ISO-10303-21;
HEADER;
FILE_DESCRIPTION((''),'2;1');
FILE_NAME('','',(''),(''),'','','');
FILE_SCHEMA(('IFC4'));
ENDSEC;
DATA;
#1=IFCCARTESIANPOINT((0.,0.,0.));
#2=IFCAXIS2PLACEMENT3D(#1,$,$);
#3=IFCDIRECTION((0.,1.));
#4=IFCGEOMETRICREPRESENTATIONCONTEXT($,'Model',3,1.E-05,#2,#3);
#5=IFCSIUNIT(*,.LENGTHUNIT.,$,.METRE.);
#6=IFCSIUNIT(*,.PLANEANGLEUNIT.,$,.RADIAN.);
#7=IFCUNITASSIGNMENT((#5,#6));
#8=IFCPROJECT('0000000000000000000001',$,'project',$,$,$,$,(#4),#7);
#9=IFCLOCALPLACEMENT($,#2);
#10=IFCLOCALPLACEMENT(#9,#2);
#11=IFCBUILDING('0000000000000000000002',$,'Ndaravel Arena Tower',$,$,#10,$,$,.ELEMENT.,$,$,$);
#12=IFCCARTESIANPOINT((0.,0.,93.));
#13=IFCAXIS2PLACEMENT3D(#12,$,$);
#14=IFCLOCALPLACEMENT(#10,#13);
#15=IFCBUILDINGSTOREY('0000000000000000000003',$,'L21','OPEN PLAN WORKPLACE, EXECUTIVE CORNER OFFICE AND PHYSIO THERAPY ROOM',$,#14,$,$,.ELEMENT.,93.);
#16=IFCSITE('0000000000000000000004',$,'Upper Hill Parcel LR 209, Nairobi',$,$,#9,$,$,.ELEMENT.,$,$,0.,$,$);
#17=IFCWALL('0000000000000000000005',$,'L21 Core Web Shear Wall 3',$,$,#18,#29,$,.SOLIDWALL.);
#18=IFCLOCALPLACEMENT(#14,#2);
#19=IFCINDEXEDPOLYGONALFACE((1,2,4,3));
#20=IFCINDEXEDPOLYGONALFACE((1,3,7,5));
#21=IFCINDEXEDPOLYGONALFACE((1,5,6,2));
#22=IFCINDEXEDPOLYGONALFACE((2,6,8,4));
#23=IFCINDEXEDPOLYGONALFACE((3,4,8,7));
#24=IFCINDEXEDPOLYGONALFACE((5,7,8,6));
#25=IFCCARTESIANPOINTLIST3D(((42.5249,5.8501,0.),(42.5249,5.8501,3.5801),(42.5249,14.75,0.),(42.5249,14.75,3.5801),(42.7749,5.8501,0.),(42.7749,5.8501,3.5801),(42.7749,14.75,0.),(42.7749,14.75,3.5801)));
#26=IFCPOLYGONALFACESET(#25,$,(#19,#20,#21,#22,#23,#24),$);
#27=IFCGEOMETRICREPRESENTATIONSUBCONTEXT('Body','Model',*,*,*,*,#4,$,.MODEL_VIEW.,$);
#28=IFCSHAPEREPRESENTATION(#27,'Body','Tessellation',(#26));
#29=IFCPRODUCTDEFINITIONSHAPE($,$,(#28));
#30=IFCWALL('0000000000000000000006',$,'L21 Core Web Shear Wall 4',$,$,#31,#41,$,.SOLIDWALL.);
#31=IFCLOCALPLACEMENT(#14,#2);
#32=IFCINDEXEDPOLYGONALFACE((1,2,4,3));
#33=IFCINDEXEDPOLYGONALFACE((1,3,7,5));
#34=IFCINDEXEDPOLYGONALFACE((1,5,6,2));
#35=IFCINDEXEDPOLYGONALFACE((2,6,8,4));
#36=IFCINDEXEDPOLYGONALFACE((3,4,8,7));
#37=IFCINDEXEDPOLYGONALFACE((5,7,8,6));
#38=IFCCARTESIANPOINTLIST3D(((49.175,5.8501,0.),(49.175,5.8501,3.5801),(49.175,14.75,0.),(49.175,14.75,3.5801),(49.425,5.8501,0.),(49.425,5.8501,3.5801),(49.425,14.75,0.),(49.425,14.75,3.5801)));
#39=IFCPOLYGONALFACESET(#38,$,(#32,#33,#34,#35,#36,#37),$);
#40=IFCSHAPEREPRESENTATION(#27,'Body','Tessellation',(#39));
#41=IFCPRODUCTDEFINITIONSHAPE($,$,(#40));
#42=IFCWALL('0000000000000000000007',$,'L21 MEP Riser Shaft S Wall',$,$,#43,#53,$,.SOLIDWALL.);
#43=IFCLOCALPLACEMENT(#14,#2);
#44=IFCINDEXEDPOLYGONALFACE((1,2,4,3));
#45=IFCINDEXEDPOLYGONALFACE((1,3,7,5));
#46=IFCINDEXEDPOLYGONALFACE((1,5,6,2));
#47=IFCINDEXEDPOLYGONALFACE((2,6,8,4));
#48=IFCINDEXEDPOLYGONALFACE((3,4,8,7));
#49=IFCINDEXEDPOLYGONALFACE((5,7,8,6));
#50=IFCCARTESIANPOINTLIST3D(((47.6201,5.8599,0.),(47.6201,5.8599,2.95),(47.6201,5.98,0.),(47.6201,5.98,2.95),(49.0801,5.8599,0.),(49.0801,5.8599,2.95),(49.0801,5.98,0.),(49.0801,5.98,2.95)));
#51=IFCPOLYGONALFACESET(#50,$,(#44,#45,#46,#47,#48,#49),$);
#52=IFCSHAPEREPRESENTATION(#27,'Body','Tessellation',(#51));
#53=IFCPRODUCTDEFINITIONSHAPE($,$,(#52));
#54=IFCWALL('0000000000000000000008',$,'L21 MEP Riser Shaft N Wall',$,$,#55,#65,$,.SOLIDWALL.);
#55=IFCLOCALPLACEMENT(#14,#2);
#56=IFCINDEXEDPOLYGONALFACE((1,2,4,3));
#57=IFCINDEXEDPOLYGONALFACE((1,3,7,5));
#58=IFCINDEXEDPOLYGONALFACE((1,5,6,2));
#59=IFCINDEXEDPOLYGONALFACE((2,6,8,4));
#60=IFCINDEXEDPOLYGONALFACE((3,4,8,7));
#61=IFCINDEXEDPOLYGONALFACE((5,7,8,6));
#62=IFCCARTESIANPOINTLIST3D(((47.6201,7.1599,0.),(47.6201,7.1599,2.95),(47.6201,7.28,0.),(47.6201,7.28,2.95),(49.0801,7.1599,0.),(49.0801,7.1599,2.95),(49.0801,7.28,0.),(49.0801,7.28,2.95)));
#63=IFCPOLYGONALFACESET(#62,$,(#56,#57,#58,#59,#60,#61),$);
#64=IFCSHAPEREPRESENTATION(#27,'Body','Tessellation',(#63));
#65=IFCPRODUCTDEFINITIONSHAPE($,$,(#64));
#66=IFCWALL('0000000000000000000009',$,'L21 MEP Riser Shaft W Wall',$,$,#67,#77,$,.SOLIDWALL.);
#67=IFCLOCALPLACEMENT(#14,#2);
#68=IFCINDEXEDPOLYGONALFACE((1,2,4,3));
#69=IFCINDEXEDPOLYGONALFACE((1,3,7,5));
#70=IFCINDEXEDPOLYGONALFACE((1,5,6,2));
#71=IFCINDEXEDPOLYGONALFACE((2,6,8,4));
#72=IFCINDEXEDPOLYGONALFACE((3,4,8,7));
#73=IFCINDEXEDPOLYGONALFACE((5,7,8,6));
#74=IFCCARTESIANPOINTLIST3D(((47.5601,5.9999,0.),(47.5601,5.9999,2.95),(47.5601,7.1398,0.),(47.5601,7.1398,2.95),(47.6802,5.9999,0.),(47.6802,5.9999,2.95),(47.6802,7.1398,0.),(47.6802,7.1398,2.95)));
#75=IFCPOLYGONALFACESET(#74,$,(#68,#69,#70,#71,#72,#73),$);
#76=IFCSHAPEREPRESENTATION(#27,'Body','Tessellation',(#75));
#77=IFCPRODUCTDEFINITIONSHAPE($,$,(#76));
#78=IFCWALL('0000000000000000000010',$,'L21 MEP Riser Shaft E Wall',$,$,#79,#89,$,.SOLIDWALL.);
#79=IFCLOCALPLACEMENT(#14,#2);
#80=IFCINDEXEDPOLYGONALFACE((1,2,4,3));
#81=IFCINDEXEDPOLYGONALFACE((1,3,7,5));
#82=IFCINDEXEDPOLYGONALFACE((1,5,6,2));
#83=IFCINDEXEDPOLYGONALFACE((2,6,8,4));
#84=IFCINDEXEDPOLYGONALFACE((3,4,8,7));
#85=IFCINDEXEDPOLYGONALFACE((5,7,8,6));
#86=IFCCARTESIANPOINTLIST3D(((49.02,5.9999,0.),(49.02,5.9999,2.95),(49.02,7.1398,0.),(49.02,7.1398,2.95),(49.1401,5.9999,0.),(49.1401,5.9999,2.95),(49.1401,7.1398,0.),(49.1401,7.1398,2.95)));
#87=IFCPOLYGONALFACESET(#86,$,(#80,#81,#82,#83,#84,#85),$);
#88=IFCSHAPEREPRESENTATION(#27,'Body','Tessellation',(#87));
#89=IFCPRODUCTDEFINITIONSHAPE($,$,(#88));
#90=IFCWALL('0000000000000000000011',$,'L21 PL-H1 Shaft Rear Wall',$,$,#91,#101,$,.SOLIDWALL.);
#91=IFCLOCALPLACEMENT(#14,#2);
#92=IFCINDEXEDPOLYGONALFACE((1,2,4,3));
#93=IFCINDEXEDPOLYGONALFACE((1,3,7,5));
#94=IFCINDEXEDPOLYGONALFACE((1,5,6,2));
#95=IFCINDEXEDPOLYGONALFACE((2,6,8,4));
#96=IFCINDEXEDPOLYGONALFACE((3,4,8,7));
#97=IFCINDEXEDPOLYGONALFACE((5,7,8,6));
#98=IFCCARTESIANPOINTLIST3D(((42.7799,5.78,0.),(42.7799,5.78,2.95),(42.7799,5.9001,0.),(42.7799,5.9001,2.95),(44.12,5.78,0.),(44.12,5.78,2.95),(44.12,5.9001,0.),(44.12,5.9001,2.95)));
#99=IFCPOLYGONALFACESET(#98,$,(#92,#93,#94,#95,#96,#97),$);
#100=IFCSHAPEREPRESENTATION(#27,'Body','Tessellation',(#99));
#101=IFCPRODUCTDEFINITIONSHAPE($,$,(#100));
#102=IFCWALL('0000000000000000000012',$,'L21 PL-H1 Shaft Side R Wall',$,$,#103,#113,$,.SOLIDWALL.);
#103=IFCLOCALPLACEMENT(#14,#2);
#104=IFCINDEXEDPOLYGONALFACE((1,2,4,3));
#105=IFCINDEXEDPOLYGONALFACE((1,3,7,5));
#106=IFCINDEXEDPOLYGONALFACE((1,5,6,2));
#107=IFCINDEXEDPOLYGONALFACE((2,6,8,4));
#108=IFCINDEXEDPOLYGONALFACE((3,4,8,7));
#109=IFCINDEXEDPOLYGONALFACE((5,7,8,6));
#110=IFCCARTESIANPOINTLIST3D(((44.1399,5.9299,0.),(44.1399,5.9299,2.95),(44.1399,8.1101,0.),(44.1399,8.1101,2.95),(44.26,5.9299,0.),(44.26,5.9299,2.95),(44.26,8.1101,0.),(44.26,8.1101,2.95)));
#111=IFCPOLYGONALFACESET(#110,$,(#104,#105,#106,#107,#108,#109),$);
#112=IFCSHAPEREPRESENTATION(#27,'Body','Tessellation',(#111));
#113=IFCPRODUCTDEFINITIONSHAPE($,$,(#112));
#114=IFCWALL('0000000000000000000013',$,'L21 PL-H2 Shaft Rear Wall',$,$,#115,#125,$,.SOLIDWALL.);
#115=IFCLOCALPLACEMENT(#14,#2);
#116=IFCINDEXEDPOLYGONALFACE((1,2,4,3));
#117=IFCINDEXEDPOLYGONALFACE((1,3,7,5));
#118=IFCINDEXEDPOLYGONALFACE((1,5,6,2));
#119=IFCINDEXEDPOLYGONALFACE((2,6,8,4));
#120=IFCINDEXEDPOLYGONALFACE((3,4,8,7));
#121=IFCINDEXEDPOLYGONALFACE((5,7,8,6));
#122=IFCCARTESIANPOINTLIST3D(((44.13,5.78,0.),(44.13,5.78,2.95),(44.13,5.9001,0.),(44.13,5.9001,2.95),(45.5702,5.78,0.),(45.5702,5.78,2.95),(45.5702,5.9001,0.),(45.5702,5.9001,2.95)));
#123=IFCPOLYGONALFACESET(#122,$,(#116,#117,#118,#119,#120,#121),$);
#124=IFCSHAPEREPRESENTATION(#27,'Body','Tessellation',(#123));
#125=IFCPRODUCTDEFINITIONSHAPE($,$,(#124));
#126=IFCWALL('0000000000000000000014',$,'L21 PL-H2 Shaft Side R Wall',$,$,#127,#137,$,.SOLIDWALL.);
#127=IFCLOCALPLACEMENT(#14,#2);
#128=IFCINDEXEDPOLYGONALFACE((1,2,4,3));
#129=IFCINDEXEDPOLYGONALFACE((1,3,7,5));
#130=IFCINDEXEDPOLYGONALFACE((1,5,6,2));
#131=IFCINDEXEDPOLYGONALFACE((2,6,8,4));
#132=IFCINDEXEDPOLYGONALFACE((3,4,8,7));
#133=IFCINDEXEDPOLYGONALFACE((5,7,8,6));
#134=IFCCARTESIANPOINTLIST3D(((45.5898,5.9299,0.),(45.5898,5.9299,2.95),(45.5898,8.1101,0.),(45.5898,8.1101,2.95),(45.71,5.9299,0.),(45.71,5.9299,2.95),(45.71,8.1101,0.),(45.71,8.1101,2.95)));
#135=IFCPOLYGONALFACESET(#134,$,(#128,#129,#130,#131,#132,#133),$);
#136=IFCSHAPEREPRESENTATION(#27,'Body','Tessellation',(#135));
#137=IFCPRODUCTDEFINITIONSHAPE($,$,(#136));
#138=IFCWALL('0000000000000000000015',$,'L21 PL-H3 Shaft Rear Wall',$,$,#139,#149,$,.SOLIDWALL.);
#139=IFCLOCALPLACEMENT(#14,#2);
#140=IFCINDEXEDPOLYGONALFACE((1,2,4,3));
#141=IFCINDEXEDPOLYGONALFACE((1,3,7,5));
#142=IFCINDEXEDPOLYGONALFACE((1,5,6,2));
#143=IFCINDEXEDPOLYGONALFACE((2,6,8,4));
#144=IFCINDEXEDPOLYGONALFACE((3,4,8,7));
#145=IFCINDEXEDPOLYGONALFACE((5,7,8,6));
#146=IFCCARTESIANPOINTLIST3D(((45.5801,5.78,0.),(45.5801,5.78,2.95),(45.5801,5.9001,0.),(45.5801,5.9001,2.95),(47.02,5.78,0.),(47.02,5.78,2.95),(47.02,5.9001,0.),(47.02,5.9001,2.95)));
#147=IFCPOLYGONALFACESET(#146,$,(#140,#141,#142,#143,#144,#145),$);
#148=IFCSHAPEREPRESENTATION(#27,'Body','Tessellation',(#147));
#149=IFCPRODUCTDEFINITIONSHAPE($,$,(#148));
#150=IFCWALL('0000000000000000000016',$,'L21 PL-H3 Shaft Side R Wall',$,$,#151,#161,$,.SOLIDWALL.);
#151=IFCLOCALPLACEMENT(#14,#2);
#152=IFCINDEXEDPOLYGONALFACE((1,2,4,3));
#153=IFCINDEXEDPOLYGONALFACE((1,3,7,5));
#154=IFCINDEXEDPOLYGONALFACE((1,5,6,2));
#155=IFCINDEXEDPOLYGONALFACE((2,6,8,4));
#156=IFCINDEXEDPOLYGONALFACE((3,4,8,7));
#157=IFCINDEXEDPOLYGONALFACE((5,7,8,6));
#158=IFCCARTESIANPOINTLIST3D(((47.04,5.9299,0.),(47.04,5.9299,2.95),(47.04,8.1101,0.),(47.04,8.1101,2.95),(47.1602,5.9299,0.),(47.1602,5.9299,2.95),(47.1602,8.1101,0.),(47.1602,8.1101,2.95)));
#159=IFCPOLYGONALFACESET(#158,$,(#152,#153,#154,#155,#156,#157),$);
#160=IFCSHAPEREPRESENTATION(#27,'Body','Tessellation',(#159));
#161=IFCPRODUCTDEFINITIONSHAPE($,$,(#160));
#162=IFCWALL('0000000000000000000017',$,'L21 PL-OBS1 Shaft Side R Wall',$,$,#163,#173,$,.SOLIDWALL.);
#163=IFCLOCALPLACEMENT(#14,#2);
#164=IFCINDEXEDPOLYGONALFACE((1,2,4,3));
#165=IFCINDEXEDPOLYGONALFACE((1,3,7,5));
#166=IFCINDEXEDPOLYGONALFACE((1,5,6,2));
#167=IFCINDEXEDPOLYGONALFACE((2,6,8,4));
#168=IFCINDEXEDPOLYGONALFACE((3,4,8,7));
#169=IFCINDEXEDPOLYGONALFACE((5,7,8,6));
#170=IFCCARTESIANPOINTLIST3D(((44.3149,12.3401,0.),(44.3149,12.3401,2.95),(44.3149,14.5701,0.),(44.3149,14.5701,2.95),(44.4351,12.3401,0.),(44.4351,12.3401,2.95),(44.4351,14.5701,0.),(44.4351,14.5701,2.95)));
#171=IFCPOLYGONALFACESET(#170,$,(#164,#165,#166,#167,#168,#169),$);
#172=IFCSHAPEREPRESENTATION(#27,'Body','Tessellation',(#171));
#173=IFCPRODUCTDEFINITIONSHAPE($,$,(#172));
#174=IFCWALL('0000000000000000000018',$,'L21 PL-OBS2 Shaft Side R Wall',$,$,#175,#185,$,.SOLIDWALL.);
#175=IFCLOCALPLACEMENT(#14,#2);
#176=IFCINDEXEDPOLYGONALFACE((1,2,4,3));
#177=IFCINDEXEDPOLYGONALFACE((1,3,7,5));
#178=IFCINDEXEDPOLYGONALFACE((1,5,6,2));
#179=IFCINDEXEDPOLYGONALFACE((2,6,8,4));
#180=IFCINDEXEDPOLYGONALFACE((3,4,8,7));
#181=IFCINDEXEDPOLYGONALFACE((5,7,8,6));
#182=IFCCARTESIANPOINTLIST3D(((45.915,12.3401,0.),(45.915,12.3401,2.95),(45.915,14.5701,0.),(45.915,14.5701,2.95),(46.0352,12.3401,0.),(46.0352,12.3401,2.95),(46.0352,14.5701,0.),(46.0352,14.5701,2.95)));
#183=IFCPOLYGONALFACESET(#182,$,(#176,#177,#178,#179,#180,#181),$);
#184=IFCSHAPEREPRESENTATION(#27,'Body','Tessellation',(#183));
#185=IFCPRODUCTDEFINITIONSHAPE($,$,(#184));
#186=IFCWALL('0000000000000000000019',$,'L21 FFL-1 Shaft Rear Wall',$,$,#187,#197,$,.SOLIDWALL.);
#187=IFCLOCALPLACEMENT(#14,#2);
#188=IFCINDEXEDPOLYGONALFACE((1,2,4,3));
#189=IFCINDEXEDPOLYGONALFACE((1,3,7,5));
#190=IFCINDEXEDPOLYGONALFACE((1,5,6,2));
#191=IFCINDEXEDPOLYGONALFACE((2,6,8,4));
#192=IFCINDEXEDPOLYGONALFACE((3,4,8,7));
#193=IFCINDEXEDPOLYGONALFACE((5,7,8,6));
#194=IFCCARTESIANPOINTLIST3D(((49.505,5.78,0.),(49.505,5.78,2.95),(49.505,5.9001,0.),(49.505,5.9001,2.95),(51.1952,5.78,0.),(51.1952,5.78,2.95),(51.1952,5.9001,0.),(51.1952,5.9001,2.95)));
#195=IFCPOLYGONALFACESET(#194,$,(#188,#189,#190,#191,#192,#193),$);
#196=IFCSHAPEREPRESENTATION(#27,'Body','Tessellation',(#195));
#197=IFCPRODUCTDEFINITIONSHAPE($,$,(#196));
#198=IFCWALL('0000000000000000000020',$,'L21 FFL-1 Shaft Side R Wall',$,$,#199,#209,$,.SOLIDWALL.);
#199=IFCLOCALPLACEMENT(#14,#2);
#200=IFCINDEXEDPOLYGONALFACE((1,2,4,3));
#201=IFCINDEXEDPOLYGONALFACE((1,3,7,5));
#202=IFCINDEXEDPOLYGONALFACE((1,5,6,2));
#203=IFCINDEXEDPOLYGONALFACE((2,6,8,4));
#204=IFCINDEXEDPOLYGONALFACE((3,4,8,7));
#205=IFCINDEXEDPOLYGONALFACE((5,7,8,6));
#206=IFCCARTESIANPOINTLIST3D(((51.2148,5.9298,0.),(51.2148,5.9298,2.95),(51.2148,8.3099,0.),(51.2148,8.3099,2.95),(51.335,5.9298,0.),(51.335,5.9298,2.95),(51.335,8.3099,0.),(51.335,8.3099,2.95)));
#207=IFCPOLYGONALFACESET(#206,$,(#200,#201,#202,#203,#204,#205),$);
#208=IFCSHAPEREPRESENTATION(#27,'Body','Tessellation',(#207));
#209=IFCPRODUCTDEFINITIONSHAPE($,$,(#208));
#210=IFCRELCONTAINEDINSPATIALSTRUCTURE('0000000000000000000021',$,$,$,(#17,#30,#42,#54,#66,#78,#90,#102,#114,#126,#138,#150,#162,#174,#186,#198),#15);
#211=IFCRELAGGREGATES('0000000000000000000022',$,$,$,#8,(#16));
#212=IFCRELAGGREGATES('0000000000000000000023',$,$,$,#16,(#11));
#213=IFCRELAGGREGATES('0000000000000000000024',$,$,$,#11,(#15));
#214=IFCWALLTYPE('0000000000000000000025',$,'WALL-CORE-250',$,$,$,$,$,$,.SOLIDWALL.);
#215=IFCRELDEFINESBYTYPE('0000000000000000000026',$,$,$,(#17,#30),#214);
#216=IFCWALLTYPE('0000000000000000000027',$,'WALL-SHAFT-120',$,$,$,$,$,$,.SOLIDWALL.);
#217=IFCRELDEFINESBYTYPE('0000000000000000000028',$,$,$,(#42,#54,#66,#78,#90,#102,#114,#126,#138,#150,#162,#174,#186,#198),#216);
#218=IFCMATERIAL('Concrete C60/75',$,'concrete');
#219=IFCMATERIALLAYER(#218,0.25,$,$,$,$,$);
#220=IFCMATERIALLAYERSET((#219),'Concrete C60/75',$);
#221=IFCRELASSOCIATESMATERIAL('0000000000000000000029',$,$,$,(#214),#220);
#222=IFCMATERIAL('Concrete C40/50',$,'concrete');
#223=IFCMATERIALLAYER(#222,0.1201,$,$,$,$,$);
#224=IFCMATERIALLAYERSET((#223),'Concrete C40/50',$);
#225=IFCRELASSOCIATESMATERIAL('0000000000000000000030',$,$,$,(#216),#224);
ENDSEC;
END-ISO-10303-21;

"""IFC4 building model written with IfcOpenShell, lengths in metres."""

from ifc_helpers import new_model, si_unit, direction, frame, frame_2d, origin, place, context, subcontext, project, spatial, rectangle, extrude, material, layer, layer_set, type_object, element, save


model = new_model("IFC4")

# Units and contexts
model_context = context("Model", 3, precision=1e-05, world=origin(), true_north=direction((0.0, 1.0)))
body_context = subcontext(model_context, "Body", "Model", "MODEL_VIEW")
ifc_project = project(units=[si_unit("LENGTHUNIT", "METRE"), si_unit("PLANEANGLEUNIT", "RADIAN")], contexts=[model_context])

# Site, building, storey
site_placement = place(None, origin())
site = spatial("IfcSite", under=ifc_project, at=site_placement, Name="Upper Hill Parcel LR 209, Nairobi", CompositionType="ELEMENT", RefElevation=0.0)
building_placement = place(site_placement, origin())
building = spatial("IfcBuilding", under=site, at=building_placement, Name="Ndaravel Arena Tower", CompositionType="ELEMENT")
storey_placement = place(building_placement, frame((0.0, 0.0, 93.0)))
storey = spatial("IfcBuildingStorey", under=building, at=storey_placement, Name="L21", Description="OPEN PLAN WORKPLACE, EXECUTIVE CORNER OFFICE AND PHYSIO THERAPY ROOM", CompositionType="ELEMENT", Elevation=93.0)

# Walls
ifc_material_1 = material(Name="Concrete C60/75", Category="concrete")
ifc_layer_1 = layer(ifc_material_1, 0.25)
ifc_layer_set_1 = layer_set([ifc_layer_1], Name="Concrete C60/75")
wall_type_1 = type_object("IfcWallType", Name="WALL-CORE-250", PredefinedType="SOLIDWALL", material=ifc_layer_set_1)
for number, where, z_axis, x_axis, name in (
    (1, (42.6499, 5.8501, 0.0), (0.0, 0.0, 1.0), (0.0, 1.0, 0.0), "L21 Core Web Shear Wall 3"),
    (2, (49.3, 5.8501, 0.0), (0.0, 0.0, 1.0), (0.0, 1.0, 0.0), "L21 Core Web Shear Wall 4"),
):
    element("IfcWall", number, at=place(storey_placement, frame(where, z_axis=z_axis, x_axis=x_axis)), inside=storey, type_object=wall_type_1, Name=name, PredefinedType="SOLIDWALL", context=body_context, shape_type="SweptSolid", body=[
        extrude(rectangle(XDim=8.8999, YDim=0.25, at=frame_2d((4.45, 0.0))), origin(), (0.0, 0.0, 1.0), 3.5801),
    ])
ifc_material_2 = material(Name="Concrete C40/50", Category="concrete")
ifc_layer_2 = layer(ifc_material_2, 0.1201)
ifc_layer_set_2 = layer_set([ifc_layer_2], Name="Concrete C40/50")
wall_type_2 = type_object("IfcWallType", Name="WALL-SHAFT-120", PredefinedType="SOLIDWALL", material=ifc_layer_set_2)
for number, where, z_axis, x_axis, name in (
    (3, (47.6201, 5.9199, 0.0), (0.0, 0.0, 1.0), (1.0, 0.0, 0.0), "L21 MEP Riser Shaft S Wall"),
    (4, (47.6201, 7.22, 0.0), (0.0, 0.0, 1.0), (1.0, 0.0, 0.0), "L21 MEP Riser Shaft N Wall"),
):
    element("IfcWall", number, at=place(storey_placement, frame(where, z_axis=z_axis, x_axis=x_axis)), inside=storey, type_object=wall_type_2, Name=name, PredefinedType="SOLIDWALL", context=body_context, shape_type="SweptSolid", body=[
        extrude(rectangle(XDim=1.46, YDim=0.1201, at=frame_2d((0.73, 0.0))), origin(), (0.0, 0.0, 1.0), 2.95),
    ])
for number, where, z_axis, x_axis, name in (
    (5, (47.6201, 6.0, 0.0), (0.0, 0.0, 1.0), (0.0, 1.0, 0.0), "L21 MEP Riser Shaft W Wall"),
    (6, (49.0801, 6.0, 0.0), (0.0, 0.0, 1.0), (0.0, 1.0, 0.0), "L21 MEP Riser Shaft E Wall"),
):
    element("IfcWall", number, at=place(storey_placement, frame(where, z_axis=z_axis, x_axis=x_axis)), inside=storey, type_object=wall_type_2, Name=name, PredefinedType="SOLIDWALL", context=body_context, shape_type="SweptSolid", body=[
        extrude(rectangle(XDim=1.1399, YDim=0.1201, at=frame_2d((0.5698, 0.0))), origin(), (0.0, 0.0, 1.0), 2.95),
    ])
wall_1_placement = place(storey_placement, frame((42.78, 5.8401, 0.0), z_axis=(0.0, 0.0, 1.0), x_axis=(1.0, 0.0, 0.0)))
element("IfcWall", 7, at=wall_1_placement, inside=storey, type_object=wall_type_2, Name="L21 PL-H1 Shaft Rear Wall", PredefinedType="SOLIDWALL", context=body_context, shape_type="SweptSolid", body=[
    extrude(rectangle(XDim=1.3401, YDim=0.1201, at=frame_2d((0.6699, 0.0))), origin(), (0.0, 0.0, 1.0), 2.95),
])
wall_2_placement = place(storey_placement, frame((44.2, 5.9299, 0.0), z_axis=(0.0, 0.0, 1.0), x_axis=(0.0, 1.0, 0.0)))
element("IfcWall", 8, at=wall_2_placement, inside=storey, type_object=wall_type_2, Name="L21 PL-H1 Shaft Side R Wall", PredefinedType="SOLIDWALL", context=body_context, shape_type="SweptSolid", body=[
    extrude(rectangle(XDim=2.1802, YDim=0.1201, at=frame_2d((1.0901, 0.0))), origin(), (0.0, 0.0, 1.0), 2.95),
])
wall_3_placement = place(storey_placement, frame((44.1299, 5.8401, 0.0), z_axis=(0.0, 0.0, 1.0), x_axis=(1.0, 0.0, 0.0)))
element("IfcWall", 9, at=wall_3_placement, inside=storey, type_object=wall_type_2, Name="L21 PL-H2 Shaft Rear Wall", PredefinedType="SOLIDWALL", context=body_context, shape_type="SweptSolid", body=[
    extrude(rectangle(XDim=1.4402, YDim=0.1201, at=frame_2d((0.7202, 0.0))), origin(), (0.0, 0.0, 1.0), 2.95),
])
wall_4_placement = place(storey_placement, frame((45.6499, 5.9299, 0.0), z_axis=(0.0, 0.0, 1.0), x_axis=(0.0, 1.0, 0.0)))
element("IfcWall", 10, at=wall_4_placement, inside=storey, type_object=wall_type_2, Name="L21 PL-H2 Shaft Side R Wall", PredefinedType="SOLIDWALL", context=body_context, shape_type="SweptSolid", body=[
    extrude(rectangle(XDim=2.1802, YDim=0.1201, at=frame_2d((1.0901, 0.0))), origin(), (0.0, 0.0, 1.0), 2.95),
])
wall_5_placement = place(storey_placement, frame((45.5801, 5.8401, 0.0), z_axis=(0.0, 0.0, 1.0), x_axis=(1.0, 0.0, 0.0)))
element("IfcWall", 11, at=wall_5_placement, inside=storey, type_object=wall_type_2, Name="L21 PL-H3 Shaft Rear Wall", PredefinedType="SOLIDWALL", context=body_context, shape_type="SweptSolid", body=[
    extrude(rectangle(XDim=1.4399, YDim=0.1201, at=frame_2d((0.72, 0.0))), origin(), (0.0, 0.0, 1.0), 2.95),
])
wall_6_placement = place(storey_placement, frame((47.1001, 5.9299, 0.0), z_axis=(0.0, 0.0, 1.0), x_axis=(0.0, 1.0, 0.0)))
element("IfcWall", 12, at=wall_6_placement, inside=storey, type_object=wall_type_2, Name="L21 PL-H3 Shaft Side R Wall", PredefinedType="SOLIDWALL", context=body_context, shape_type="SweptSolid", body=[
    extrude(rectangle(XDim=2.1802, YDim=0.1201, at=frame_2d((1.0901, 0.0))), origin(), (0.0, 0.0, 1.0), 2.95),
])
for number, where, z_axis, x_axis, name in (
    (13, (44.375, 12.3401, 0.0), (0.0, 0.0, 1.0), (0.0, 1.0, 0.0), "L21 PL-OBS1 Shaft Side R Wall"),
    (14, (45.9751, 12.3401, 0.0), (0.0, 0.0, 1.0), (0.0, 1.0, 0.0), "L21 PL-OBS2 Shaft Side R Wall"),
):
    element("IfcWall", number, at=place(storey_placement, frame(where, z_axis=z_axis, x_axis=x_axis)), inside=storey, type_object=wall_type_2, Name=name, PredefinedType="SOLIDWALL", context=body_context, shape_type="SweptSolid", body=[
        extrude(rectangle(XDim=2.23, YDim=0.1201, at=frame_2d((1.115, 0.0))), origin(), (0.0, 0.0, 1.0), 2.95),
    ])
wall_7_placement = place(storey_placement, frame((49.5049, 5.8401, 0.0), z_axis=(0.0, 0.0, 1.0), x_axis=(1.0, 0.0, 0.0)))
element("IfcWall", 15, at=wall_7_placement, inside=storey, type_object=wall_type_2, Name="L21 FFL-1 Shaft Rear Wall", PredefinedType="SOLIDWALL", context=body_context, shape_type="SweptSolid", body=[
    extrude(rectangle(XDim=1.6902, YDim=0.1201, at=frame_2d((0.8452, 0.0))), origin(), (0.0, 0.0, 1.0), 2.95),
])
wall_8_placement = place(storey_placement, frame((51.2749, 5.9299, 0.0), z_axis=(0.0, 0.0, 1.0), x_axis=(0.0, 1.0, 0.0)))
element("IfcWall", 16, at=wall_8_placement, inside=storey, type_object=wall_type_2, Name="L21 FFL-1 Shaft Side R Wall", PredefinedType="SOLIDWALL", context=body_context, shape_type="SweptSolid", body=[
    extrude(rectangle(XDim=2.3801, YDim=0.1201, at=frame_2d((1.1899, 0.0))), origin(), (0.0, 0.0, 1.0), 2.95),
])

save(model, "model.ifc")
